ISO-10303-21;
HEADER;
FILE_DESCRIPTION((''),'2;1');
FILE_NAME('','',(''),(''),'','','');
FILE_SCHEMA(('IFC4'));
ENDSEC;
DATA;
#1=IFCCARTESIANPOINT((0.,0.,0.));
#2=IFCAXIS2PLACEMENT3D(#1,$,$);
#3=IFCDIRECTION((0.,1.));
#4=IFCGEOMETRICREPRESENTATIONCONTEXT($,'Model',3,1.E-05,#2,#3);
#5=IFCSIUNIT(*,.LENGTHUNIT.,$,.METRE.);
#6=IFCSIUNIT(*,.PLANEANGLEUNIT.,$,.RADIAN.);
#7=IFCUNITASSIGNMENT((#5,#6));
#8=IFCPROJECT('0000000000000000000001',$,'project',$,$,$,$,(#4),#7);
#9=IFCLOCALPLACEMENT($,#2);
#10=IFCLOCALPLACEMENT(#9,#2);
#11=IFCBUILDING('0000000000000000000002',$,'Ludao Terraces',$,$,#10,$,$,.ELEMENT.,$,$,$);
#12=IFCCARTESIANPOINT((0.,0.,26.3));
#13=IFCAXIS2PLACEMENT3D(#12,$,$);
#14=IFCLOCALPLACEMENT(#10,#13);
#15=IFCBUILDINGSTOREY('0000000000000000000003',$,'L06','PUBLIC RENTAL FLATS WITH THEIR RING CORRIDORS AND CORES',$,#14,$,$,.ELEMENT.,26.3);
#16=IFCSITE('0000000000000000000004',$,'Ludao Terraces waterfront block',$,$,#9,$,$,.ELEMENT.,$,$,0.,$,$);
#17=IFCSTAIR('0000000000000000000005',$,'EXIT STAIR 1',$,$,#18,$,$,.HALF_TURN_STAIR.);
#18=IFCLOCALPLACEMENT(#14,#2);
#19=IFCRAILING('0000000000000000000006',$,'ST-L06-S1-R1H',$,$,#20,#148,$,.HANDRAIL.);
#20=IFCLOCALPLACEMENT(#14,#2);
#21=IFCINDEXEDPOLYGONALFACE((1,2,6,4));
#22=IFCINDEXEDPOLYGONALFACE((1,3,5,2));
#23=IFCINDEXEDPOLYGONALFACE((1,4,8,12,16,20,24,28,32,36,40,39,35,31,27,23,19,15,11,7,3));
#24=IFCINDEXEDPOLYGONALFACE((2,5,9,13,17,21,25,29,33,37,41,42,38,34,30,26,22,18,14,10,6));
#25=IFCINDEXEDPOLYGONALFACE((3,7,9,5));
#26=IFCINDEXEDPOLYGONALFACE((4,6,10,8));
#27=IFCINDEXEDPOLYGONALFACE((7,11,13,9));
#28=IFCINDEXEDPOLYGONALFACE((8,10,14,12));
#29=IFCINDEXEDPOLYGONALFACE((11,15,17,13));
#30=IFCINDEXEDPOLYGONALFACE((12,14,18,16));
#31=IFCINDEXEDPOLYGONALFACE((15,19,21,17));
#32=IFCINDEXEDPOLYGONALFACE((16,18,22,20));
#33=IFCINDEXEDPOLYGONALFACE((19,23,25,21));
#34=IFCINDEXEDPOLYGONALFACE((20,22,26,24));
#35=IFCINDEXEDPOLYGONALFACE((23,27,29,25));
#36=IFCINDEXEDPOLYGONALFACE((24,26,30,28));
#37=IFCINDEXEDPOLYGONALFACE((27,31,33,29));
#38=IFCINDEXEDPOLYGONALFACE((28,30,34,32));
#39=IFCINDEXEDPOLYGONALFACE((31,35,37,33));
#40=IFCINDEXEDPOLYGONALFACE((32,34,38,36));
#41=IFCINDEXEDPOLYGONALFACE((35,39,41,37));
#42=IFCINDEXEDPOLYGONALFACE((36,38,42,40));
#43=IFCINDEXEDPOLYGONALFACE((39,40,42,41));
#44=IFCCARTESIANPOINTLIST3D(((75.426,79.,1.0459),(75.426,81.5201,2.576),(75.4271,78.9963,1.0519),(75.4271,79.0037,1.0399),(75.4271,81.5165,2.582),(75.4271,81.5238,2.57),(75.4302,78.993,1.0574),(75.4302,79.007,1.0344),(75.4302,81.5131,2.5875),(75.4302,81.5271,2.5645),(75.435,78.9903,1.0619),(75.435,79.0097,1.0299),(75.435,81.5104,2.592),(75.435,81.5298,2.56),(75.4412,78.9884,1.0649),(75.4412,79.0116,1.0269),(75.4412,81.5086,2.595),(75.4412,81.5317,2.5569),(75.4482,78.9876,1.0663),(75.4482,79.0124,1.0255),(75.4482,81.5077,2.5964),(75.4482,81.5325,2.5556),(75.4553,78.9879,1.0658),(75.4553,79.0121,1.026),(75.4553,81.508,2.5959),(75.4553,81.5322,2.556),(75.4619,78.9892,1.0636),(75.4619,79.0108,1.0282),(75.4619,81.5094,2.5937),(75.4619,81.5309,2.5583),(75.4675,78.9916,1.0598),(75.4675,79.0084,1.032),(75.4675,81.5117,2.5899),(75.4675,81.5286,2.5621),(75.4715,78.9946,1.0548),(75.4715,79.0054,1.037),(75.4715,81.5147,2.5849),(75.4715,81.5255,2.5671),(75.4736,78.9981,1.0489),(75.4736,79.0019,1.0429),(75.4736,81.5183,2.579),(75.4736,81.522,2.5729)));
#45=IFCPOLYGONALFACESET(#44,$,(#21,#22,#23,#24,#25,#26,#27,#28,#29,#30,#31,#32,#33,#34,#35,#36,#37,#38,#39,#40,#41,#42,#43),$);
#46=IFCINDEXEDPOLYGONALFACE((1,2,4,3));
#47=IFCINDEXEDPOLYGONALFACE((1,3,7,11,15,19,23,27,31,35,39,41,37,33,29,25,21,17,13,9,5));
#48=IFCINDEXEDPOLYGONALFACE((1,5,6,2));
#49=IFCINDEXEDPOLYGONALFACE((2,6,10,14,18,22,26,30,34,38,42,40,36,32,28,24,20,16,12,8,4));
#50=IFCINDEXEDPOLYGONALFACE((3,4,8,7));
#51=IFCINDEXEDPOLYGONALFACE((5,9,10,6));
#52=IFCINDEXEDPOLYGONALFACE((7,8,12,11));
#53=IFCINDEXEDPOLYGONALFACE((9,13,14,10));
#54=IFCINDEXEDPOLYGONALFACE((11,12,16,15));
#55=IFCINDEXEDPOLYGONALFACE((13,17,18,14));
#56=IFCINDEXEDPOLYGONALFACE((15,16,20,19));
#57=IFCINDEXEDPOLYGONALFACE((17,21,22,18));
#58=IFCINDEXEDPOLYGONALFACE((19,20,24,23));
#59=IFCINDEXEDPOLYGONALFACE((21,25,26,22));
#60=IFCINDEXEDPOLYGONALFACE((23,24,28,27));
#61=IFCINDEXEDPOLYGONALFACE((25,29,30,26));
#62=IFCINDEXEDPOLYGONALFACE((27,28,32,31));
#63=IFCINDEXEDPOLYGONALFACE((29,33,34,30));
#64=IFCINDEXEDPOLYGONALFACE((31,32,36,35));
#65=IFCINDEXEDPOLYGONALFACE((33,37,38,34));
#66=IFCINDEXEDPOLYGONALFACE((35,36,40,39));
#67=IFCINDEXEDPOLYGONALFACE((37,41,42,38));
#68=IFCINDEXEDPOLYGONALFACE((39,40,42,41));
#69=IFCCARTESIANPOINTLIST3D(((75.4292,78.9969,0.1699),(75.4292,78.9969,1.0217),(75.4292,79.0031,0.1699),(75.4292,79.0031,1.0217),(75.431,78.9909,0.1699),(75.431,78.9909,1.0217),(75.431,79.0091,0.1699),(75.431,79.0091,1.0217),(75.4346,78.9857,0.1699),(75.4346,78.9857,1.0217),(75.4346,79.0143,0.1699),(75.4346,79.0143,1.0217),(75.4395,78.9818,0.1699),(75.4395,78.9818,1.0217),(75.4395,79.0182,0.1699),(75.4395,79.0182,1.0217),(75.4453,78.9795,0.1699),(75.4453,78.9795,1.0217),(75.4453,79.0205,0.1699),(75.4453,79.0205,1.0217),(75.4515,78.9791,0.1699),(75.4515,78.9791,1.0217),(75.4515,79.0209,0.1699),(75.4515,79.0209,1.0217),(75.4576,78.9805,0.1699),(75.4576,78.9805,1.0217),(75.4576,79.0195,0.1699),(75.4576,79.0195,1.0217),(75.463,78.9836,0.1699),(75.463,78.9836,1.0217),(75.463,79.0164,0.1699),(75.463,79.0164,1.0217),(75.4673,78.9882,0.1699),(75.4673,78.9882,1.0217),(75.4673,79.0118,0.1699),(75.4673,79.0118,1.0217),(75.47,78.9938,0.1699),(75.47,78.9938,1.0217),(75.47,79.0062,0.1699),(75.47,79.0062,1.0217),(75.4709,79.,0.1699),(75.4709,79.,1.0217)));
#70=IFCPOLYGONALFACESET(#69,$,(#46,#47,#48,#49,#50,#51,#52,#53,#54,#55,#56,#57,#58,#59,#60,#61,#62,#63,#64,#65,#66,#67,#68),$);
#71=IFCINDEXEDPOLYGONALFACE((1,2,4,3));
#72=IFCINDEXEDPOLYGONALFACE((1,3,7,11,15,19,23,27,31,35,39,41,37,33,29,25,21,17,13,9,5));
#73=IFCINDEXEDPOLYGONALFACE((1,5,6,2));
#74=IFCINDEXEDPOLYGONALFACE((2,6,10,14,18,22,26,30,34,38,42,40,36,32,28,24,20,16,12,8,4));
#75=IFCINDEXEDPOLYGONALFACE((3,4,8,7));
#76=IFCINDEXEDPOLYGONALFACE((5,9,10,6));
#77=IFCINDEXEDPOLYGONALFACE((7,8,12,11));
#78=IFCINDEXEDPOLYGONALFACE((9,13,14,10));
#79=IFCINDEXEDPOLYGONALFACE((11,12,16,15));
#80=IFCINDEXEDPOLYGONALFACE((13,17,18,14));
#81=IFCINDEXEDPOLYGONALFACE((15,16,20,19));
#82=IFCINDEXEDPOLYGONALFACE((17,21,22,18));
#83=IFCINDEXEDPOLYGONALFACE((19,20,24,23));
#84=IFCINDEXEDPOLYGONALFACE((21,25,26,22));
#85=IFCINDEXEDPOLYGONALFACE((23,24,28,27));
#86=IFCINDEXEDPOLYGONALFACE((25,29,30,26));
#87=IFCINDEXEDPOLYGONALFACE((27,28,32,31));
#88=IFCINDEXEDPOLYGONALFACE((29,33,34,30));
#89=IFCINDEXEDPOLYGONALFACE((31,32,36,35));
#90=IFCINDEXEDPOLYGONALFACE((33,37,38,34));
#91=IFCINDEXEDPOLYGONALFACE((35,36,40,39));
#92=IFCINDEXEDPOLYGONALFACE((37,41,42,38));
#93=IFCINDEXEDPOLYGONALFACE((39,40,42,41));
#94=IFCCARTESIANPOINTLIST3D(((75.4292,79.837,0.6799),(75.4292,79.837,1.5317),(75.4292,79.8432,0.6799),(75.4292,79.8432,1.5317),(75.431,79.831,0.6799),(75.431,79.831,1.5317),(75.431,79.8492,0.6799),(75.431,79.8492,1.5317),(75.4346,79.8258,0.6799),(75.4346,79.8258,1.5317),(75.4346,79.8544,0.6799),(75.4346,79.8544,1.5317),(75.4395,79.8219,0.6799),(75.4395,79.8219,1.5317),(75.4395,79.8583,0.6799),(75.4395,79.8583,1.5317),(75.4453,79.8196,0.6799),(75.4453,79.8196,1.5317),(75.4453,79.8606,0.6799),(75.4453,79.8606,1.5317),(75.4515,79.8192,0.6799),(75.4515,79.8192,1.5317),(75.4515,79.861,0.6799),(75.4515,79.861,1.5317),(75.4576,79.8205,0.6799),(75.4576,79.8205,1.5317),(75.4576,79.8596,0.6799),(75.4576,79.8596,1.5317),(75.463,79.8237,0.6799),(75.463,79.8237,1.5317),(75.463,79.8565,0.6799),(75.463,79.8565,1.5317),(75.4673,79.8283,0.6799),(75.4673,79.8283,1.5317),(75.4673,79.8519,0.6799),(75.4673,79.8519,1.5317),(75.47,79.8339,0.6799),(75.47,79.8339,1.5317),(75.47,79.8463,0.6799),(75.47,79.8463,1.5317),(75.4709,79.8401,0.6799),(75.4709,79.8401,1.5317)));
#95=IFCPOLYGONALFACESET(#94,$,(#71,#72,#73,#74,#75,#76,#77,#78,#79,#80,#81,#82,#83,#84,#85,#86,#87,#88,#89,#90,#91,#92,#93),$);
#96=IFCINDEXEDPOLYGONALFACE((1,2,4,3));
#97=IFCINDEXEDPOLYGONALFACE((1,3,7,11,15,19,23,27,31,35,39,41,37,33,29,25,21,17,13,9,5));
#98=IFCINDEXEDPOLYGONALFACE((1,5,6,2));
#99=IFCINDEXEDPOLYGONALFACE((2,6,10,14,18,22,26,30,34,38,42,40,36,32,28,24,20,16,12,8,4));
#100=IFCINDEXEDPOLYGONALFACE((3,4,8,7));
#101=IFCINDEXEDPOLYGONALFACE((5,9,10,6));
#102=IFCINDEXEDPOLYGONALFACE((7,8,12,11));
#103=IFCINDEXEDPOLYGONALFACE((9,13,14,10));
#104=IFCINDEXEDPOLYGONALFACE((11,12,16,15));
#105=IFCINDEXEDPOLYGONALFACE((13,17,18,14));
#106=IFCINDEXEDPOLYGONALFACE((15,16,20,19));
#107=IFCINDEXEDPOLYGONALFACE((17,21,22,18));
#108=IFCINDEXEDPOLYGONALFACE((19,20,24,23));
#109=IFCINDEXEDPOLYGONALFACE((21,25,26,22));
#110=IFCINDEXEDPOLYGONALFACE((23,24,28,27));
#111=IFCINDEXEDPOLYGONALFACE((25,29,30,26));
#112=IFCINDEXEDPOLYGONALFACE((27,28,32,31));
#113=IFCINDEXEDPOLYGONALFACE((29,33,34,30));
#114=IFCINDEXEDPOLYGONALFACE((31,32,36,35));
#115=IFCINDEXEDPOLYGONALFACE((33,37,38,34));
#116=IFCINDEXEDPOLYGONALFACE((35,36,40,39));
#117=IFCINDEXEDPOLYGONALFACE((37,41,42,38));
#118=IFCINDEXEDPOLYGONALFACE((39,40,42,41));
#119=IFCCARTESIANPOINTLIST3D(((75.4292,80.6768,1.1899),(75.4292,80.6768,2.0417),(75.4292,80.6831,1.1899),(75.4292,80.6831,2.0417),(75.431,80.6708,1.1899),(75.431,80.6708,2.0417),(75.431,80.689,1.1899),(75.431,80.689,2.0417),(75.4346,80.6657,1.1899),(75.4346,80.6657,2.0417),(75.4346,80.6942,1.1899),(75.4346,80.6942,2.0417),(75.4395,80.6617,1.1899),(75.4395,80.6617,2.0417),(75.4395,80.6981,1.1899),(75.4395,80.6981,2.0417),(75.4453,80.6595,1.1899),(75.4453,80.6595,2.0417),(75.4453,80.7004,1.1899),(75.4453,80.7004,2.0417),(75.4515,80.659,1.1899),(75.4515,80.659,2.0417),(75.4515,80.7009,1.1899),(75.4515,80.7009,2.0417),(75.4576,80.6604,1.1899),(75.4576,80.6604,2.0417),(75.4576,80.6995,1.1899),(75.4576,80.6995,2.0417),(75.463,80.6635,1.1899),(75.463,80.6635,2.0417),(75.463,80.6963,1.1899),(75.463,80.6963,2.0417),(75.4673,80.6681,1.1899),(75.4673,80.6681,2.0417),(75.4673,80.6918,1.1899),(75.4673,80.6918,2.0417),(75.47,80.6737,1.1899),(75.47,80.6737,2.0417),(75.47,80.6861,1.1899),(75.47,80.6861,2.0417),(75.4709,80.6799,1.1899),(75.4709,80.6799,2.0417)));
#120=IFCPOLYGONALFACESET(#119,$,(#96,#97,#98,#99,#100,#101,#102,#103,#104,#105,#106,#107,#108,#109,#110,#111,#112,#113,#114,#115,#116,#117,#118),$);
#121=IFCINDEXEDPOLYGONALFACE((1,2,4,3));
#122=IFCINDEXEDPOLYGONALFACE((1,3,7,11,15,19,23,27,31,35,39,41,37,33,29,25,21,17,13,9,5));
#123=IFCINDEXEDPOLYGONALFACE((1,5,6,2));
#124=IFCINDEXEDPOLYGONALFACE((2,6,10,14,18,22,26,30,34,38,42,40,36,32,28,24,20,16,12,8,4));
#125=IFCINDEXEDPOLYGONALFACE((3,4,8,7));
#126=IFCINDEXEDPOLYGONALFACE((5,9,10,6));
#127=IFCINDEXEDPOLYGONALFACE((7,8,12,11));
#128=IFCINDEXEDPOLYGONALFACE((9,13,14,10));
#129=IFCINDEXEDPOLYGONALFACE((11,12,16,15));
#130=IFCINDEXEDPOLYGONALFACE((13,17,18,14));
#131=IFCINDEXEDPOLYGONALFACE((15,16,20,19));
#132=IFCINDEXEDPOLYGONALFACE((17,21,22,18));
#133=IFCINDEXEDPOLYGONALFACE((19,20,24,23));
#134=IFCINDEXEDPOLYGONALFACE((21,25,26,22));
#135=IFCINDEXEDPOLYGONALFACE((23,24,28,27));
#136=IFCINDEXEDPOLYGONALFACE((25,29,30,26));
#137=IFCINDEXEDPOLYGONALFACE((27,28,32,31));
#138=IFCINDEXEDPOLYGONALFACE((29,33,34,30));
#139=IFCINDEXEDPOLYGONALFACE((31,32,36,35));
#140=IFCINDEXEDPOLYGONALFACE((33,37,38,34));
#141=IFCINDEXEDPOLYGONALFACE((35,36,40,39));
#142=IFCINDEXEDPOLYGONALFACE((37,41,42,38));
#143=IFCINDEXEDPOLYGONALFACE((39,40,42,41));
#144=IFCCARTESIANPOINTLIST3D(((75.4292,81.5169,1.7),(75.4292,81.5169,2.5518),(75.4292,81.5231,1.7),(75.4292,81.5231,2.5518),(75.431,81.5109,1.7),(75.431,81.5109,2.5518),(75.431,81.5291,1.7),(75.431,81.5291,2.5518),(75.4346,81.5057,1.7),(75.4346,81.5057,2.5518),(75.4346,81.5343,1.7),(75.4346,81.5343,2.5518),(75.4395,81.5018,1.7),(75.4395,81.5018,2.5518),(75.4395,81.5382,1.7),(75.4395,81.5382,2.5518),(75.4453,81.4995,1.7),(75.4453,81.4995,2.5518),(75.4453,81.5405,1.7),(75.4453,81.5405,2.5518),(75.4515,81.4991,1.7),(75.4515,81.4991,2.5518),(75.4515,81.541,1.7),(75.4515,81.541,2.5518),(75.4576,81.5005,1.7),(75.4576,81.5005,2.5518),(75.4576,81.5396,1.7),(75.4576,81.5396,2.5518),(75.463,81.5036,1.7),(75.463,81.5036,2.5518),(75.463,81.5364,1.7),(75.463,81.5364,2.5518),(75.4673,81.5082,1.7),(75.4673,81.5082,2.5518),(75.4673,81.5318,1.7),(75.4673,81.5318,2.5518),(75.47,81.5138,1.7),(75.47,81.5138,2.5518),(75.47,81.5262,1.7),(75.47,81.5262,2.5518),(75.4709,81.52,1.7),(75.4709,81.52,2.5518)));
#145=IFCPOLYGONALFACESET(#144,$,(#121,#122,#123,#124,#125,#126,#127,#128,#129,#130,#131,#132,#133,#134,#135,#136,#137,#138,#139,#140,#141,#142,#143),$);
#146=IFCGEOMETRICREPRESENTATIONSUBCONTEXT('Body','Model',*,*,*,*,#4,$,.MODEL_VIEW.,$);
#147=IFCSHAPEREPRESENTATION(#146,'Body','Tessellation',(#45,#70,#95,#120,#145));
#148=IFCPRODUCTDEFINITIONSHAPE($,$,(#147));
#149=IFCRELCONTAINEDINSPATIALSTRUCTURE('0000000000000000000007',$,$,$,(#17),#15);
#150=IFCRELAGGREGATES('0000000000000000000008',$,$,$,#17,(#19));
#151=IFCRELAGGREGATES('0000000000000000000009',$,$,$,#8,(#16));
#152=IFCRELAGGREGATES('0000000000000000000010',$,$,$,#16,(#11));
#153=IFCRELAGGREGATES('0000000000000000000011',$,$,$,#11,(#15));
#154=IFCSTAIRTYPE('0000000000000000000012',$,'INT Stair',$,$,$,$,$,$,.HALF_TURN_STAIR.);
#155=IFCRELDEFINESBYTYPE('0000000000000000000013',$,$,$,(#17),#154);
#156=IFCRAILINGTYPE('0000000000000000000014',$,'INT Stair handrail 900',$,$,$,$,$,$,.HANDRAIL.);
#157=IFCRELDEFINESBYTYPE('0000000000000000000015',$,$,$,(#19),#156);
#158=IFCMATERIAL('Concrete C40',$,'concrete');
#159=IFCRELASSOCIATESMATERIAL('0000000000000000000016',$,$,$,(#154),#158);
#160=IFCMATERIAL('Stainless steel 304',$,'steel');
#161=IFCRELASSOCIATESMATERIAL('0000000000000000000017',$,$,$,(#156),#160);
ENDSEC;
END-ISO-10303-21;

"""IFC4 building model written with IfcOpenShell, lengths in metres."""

from ifc_helpers import new_model, si_unit, direction, frame, origin, origin_2d, place, context, subcontext, project, spatial, circle, extrude, material, type_object, element, aggregate, save


model = new_model("IFC4")

# Units and contexts
model_context = context("Model", 3, precision=1e-05, world=origin(), true_north=direction((0.0, 1.0)))
body_context = subcontext(model_context, "Body", "Model", "MODEL_VIEW")
ifc_project = project(units=[si_unit("LENGTHUNIT", "METRE"), si_unit("PLANEANGLEUNIT", "RADIAN")], contexts=[model_context])

# Site, building, storey
site_placement = place(None, origin())
site = spatial("IfcSite", under=ifc_project, at=site_placement, Name="Ludao Terraces waterfront block", CompositionType="ELEMENT", RefElevation=0.0)
building_placement = place(site_placement, origin())
building = spatial("IfcBuilding", under=site, at=building_placement, Name="Ludao Terraces", CompositionType="ELEMENT")
storey_placement = place(building_placement, frame((0.0, 0.0, 26.3)))
storey = spatial("IfcBuildingStorey", under=building, at=storey_placement, Name="L06", Description="PUBLIC RENTAL FLATS WITH THEIR RING CORRIDORS AND CORES", CompositionType="ELEMENT", Elevation=26.3)

# Stair, railing
ifc_material_1 = material(Name="Concrete C40", Category="concrete")
stair_type = type_object("IfcStairType", Name="INT Stair", PredefinedType="HALF_TURN_STAIR", material=ifc_material_1)
stair_placement = place(storey_placement, origin())
stair = element("IfcStair", 1, at=stair_placement, inside=storey, type_object=stair_type, Name="EXIT STAIR 1", PredefinedType="HALF_TURN_STAIR")
ifc_material_2 = material(Name="Stainless steel 304", Category="steel")
railing_type_1 = type_object("IfcRailingType", Name="INT Stair handrail 900", PredefinedType="HANDRAIL", material=ifc_material_2)
railing_1_placement = place(storey_placement, frame((75.45, 79.0, 0.1699)))
railing_1 = element("IfcRailing", 2, at=railing_1_placement, type_object=railing_type_1, Name="ST-L06-S1-R1H", PredefinedType="HANDRAIL", context=body_context, shape_type="SweptSolid", body=[
    extrude(circle(Radius=0.0239, at=origin_2d()), frame((0.0, 0.0, 0.876), z_axis=(0.0, 0.854785, 0.518982), x_axis=(-1.0, 0.0, 0.0)), (0.0, 0.0, 1.0), 2.9482),
    extrude(circle(Radius=0.021, at=origin_2d()), origin(), (0.0, 0.0, 1.0), 0.8518),
    extrude(circle(Radius=0.021, at=origin_2d()), frame((0.0, 0.8401, 0.51)), (0.0, 0.0, 1.0), 0.8518),
    extrude(circle(Radius=0.021, at=origin_2d()), frame((0.0, 1.6799, 1.02)), (0.0, 0.0, 1.0), 0.8518),
    extrude(circle(Radius=0.021, at=origin_2d()), frame((0.0, 2.52, 1.53)), (0.0, 0.0, 1.0), 0.8518),
])
aggregate(stair, [railing_1])

save(model, "model.ifc")
